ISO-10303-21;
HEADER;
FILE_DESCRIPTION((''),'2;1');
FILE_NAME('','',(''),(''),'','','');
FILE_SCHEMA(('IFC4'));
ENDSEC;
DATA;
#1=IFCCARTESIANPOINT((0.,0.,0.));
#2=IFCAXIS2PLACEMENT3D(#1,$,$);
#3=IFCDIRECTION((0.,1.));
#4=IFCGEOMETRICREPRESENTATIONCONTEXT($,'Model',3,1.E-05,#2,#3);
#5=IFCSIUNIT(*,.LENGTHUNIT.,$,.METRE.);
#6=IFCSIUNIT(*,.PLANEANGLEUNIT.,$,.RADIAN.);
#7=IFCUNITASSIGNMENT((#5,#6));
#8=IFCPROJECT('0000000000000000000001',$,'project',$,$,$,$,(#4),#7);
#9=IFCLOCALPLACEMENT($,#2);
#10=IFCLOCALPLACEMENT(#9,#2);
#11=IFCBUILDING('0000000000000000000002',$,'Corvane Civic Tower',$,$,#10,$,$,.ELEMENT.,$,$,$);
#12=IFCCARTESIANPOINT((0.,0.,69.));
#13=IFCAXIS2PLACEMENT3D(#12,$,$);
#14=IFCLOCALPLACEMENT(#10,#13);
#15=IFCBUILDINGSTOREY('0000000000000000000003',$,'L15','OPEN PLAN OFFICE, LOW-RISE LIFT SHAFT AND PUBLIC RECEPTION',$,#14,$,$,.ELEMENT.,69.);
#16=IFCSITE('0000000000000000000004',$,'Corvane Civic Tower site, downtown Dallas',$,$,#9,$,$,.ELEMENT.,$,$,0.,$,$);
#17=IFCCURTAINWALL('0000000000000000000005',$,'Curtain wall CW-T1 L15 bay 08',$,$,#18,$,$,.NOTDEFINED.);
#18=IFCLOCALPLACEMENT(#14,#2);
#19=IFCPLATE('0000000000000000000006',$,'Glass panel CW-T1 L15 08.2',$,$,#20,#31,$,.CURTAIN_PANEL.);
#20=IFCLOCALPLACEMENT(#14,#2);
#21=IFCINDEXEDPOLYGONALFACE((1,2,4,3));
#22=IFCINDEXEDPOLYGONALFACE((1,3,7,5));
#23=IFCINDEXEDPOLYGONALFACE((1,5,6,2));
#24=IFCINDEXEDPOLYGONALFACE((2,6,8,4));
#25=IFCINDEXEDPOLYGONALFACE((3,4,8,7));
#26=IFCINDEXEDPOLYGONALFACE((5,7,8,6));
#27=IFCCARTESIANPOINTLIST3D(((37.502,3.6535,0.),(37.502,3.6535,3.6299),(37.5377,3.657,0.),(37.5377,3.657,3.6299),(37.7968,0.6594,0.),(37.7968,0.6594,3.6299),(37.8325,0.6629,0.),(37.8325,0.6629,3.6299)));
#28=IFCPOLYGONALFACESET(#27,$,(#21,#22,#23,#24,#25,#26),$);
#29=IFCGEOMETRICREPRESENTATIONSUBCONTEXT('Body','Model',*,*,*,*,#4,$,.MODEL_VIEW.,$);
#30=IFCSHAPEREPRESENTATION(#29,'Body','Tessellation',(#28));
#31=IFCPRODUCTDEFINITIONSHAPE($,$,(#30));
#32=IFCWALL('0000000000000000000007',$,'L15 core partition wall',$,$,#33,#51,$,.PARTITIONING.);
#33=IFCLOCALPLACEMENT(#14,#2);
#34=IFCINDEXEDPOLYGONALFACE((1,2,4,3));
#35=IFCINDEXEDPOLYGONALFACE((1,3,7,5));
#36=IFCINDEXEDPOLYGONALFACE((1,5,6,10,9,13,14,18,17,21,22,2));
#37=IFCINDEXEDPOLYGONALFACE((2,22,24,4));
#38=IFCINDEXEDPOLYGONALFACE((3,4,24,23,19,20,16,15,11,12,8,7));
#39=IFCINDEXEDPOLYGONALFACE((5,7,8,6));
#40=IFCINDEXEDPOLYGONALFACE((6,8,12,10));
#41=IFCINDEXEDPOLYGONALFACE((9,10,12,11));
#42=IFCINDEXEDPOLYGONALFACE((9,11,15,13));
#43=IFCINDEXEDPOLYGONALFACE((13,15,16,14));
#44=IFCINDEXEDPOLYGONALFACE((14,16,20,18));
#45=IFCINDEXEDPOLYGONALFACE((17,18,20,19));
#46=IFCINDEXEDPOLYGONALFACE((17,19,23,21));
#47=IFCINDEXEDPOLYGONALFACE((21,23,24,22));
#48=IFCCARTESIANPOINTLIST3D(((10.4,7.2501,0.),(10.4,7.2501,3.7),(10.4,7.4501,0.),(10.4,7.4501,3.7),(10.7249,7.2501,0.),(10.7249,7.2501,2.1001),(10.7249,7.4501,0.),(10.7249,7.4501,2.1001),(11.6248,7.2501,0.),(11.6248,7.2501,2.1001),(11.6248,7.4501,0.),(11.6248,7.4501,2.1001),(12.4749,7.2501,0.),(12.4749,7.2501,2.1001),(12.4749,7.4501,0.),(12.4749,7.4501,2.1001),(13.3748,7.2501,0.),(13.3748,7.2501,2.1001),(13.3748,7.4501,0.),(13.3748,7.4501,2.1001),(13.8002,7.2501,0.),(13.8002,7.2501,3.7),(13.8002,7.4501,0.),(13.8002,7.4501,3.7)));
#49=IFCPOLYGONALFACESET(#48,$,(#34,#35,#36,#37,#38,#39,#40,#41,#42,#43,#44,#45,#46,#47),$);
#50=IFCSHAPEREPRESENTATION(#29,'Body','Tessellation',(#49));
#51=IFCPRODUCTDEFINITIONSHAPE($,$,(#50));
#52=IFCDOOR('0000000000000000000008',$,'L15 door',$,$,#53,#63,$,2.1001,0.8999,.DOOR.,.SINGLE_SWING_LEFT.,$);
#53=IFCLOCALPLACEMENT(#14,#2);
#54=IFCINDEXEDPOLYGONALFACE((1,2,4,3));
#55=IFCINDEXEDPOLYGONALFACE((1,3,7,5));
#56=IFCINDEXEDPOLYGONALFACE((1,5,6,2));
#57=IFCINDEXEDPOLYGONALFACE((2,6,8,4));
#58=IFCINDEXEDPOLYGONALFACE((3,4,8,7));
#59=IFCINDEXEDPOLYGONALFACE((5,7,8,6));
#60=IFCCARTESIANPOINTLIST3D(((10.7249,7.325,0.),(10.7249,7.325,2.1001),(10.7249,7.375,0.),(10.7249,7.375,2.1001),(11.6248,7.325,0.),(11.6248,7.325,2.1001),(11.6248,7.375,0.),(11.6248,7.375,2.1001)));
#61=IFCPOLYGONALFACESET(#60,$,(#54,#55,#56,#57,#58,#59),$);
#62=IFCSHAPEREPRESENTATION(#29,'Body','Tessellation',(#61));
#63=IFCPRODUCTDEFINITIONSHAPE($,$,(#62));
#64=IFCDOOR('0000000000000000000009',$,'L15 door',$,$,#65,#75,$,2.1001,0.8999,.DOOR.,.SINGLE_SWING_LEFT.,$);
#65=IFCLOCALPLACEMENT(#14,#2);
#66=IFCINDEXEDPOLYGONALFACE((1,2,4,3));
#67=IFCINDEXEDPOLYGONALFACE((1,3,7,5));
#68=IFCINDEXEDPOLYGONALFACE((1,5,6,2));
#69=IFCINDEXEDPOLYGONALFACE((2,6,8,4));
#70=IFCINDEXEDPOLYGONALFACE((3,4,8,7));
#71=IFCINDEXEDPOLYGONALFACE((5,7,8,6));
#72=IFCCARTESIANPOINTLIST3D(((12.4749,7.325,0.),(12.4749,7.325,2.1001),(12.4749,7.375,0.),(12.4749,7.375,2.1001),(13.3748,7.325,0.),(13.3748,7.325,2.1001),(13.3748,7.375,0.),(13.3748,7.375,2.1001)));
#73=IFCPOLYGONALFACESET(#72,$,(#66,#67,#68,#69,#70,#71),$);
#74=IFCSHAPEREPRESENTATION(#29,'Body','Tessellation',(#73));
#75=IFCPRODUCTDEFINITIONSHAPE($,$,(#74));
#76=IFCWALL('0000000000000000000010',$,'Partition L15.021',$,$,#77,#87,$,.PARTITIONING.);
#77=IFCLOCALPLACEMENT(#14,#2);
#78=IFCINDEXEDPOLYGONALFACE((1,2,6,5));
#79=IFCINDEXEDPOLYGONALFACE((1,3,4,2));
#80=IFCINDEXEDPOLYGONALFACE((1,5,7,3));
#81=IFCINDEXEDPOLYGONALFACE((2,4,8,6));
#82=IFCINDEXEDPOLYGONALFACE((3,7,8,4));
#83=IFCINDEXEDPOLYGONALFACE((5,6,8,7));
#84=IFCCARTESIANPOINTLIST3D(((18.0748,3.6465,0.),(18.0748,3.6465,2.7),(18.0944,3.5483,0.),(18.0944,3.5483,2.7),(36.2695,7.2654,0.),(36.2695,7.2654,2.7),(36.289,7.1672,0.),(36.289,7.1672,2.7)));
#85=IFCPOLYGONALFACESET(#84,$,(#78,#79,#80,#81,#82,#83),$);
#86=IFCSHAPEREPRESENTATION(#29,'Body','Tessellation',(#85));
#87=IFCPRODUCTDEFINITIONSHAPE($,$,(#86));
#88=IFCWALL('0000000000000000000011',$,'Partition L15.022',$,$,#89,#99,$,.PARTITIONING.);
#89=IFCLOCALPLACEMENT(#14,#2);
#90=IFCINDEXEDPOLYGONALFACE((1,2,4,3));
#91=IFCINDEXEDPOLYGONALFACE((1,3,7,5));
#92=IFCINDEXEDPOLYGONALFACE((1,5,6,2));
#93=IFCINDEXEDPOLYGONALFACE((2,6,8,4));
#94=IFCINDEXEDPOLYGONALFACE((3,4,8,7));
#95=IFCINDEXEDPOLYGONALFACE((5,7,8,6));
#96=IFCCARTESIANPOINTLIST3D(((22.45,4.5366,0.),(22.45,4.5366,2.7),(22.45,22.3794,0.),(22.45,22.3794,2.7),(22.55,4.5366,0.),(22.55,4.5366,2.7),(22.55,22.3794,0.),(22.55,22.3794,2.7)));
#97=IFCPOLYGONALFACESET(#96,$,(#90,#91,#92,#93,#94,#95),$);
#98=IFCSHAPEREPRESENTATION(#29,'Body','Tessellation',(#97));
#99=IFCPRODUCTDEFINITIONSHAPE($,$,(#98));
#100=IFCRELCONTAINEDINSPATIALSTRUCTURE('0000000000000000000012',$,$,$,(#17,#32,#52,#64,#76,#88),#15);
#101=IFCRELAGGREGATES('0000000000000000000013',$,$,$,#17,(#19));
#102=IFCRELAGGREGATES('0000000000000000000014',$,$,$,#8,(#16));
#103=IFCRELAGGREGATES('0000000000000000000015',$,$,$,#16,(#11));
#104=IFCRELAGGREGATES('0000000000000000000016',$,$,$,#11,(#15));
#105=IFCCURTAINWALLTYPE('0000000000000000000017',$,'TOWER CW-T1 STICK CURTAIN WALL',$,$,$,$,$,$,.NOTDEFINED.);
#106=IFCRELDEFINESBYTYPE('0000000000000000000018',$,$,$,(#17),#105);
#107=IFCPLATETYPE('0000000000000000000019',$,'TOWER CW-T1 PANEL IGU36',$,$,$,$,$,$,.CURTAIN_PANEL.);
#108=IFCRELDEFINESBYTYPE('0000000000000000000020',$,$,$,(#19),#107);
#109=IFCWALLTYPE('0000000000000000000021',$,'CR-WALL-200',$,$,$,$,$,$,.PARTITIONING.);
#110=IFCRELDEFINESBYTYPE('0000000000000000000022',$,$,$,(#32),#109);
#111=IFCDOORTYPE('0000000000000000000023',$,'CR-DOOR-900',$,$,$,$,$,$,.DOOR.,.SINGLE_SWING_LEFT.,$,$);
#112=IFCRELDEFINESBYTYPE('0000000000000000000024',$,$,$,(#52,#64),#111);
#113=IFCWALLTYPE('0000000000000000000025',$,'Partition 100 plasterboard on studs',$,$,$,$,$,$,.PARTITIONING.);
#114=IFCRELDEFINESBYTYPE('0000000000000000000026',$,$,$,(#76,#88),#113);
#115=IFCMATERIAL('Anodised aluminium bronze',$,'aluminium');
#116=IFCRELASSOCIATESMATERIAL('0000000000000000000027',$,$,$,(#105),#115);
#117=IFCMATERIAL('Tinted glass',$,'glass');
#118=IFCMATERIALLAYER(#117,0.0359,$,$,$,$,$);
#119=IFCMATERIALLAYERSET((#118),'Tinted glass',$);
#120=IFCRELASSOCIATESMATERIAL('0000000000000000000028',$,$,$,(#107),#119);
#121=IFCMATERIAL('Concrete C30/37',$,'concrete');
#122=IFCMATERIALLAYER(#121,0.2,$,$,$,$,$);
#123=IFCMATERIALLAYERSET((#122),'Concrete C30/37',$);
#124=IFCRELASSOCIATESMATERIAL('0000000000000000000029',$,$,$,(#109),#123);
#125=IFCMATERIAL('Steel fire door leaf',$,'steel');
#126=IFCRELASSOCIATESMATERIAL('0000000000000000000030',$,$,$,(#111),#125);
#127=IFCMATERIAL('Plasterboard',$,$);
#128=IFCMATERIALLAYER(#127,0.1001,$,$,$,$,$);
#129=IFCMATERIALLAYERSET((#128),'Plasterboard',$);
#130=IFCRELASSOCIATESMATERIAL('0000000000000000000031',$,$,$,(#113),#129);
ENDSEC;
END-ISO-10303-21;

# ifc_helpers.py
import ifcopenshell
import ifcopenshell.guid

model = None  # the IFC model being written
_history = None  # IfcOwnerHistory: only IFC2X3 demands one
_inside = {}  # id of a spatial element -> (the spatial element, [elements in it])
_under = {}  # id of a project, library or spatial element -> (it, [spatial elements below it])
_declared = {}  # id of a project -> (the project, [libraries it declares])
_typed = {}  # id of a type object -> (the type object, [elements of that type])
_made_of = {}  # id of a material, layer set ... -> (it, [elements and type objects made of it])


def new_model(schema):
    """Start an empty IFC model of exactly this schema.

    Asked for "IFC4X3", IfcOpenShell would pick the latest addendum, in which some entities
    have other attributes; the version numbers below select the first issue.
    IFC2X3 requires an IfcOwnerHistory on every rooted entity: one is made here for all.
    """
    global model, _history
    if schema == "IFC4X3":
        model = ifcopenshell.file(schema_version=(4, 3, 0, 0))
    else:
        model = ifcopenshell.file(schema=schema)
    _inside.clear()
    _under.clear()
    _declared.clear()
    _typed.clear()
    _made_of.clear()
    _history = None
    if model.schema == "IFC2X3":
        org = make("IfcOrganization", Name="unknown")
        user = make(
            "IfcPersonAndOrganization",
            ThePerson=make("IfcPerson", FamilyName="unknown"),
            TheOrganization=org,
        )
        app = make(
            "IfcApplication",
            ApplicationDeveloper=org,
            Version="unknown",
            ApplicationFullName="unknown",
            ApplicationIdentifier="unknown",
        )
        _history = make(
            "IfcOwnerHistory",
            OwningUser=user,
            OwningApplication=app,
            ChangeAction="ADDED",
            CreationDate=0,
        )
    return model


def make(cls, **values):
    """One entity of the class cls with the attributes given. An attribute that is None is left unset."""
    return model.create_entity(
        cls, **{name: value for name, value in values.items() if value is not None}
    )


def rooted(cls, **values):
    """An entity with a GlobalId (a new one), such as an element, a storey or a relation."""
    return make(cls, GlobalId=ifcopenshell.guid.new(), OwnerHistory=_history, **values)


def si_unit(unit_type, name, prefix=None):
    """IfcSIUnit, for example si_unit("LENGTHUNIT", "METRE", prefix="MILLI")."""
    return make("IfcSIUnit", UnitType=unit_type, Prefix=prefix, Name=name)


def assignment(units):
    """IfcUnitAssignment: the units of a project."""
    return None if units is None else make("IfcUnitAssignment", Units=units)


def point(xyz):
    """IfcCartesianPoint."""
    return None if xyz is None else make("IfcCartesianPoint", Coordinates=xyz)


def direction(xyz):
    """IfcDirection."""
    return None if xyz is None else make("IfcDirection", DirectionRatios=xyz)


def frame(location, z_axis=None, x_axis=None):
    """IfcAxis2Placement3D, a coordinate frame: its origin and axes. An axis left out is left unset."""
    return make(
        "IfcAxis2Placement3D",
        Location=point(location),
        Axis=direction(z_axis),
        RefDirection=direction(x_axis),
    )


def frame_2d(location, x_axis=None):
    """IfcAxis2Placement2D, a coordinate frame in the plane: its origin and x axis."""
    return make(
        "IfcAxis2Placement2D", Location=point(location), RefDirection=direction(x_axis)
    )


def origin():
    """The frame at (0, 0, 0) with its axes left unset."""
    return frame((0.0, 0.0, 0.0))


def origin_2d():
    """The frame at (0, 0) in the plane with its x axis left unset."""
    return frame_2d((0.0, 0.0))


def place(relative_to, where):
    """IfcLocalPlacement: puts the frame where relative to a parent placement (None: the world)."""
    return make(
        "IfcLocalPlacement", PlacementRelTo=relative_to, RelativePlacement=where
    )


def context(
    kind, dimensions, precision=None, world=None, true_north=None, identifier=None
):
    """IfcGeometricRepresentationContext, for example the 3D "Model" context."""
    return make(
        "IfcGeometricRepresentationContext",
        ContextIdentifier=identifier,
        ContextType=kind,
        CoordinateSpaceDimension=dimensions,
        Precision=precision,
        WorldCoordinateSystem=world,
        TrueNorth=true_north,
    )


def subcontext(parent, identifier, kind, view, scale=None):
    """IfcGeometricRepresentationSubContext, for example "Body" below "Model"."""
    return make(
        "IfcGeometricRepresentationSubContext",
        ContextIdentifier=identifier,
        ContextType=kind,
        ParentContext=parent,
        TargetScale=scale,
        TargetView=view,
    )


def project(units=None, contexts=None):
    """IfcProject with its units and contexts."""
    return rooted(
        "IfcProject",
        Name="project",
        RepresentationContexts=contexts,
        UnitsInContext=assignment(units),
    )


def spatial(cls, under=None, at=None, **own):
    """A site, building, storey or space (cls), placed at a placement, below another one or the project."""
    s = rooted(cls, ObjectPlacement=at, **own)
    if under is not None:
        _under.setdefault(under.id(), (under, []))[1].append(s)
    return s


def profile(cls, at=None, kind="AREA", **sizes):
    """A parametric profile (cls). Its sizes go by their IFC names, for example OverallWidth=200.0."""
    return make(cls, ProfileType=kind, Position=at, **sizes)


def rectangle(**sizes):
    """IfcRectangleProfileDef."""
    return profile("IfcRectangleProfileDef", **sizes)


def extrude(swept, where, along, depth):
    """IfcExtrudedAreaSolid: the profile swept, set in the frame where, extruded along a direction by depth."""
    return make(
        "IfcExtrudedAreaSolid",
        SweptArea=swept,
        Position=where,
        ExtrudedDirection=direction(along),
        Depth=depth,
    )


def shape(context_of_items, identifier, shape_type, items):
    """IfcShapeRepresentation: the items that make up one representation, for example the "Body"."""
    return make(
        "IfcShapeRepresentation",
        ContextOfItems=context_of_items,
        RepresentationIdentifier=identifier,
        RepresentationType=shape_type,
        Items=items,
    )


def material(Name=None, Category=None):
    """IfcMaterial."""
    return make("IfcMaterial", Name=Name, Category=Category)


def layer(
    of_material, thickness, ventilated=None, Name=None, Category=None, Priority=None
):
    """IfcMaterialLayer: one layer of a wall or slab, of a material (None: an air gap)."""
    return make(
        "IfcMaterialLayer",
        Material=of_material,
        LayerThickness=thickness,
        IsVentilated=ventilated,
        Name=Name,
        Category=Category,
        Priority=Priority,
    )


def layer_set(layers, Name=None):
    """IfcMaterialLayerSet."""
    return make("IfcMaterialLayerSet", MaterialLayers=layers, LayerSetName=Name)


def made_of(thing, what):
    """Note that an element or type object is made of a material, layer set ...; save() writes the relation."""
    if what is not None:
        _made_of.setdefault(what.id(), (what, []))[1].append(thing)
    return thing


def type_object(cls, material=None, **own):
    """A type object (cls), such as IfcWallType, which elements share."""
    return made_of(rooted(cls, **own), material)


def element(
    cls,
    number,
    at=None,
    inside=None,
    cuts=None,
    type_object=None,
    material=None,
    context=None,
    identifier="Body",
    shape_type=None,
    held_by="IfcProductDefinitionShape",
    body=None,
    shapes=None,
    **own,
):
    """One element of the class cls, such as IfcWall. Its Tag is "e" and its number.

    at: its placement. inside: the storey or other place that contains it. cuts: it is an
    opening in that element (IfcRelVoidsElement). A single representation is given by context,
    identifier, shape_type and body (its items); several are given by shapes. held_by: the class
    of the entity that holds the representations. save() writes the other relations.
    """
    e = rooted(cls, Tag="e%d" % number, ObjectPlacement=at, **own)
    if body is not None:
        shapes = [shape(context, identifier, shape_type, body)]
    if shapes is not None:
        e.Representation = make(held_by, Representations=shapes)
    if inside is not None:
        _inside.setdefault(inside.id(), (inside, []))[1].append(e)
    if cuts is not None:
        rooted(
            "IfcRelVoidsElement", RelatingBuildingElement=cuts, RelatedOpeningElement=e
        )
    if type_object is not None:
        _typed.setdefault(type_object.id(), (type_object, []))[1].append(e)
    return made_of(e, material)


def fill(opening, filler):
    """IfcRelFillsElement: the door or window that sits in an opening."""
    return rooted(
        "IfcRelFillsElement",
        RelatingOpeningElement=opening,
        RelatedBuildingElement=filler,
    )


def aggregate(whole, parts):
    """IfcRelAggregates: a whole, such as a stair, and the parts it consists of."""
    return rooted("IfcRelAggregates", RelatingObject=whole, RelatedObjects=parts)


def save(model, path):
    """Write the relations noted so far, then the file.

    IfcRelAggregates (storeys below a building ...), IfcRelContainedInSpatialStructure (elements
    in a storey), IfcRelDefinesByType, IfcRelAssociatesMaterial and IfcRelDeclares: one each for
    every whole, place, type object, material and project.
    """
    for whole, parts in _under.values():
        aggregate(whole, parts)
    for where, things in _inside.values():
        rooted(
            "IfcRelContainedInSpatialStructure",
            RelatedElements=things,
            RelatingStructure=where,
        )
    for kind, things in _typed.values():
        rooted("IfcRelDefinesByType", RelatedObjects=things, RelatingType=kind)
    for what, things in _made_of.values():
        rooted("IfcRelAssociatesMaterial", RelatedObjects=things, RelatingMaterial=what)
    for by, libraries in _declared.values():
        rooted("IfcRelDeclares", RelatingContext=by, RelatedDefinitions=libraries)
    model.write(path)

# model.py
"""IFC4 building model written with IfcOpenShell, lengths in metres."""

from ifc_helpers import new_model, si_unit, direction, frame, frame_2d, origin, origin_2d, place, context, subcontext, project, spatial, rectangle, extrude, material, layer, layer_set, type_object, element, fill, aggregate, save


model = new_model("IFC4")

# Units and contexts
model_context = context("Model", 3, precision=1e-05, world=origin(), true_north=direction((0.0, 1.0)))
body_context = subcontext(model_context, "Body", "Model", "MODEL_VIEW")
ifc_project = project(units=[si_unit("LENGTHUNIT", "METRE"), si_unit("PLANEANGLEUNIT", "RADIAN")], contexts=[model_context])

# Site, building, storey
site_placement = place(None, origin())
site = spatial("IfcSite", under=ifc_project, at=site_placement, Name="Corvane Civic Tower site, downtown Dallas", CompositionType="ELEMENT", RefElevation=0.0)
building_placement = place(site_placement, origin())
building = spatial("IfcBuilding", under=site, at=building_placement, Name="Corvane Civic Tower", CompositionType="ELEMENT")
storey_placement = place(building_placement, frame((0.0, 0.0, 69.0)))
storey = spatial("IfcBuildingStorey", under=building, at=storey_placement, Name="L15", Description="OPEN PLAN OFFICE, LOW-RISE LIFT SHAFT AND PUBLIC RECEPTION", CompositionType="ELEMENT", Elevation=69.0)

# Curtain wall
ifc_material_1 = material(Name="Anodised aluminium bronze", Category="aluminium")
curtain_wall_type = type_object("IfcCurtainWallType", Name="TOWER CW-T1 STICK CURTAIN WALL", PredefinedType="NOTDEFINED", material=ifc_material_1)
curtain_wall_1_placement = place(storey_placement, origin())
curtain_wall_1 = element("IfcCurtainWall", 1, at=curtain_wall_1_placement, inside=storey, type_object=curtain_wall_type, Name="Curtain wall CW-T1 L15 bay 08", PredefinedType="NOTDEFINED")

# Plate
ifc_material_2 = material(Name="Tinted glass", Category="glass")
ifc_layer_1 = layer(ifc_material_2, 0.0359)
ifc_layer_set_1 = layer_set([ifc_layer_1], Name="Tinted glass")
plate_type = type_object("IfcPlateType", Name="TOWER CW-T1 PANEL IGU36", PredefinedType="CURTAIN_PANEL", material=ifc_layer_set_1)
plate_1_placement = place(storey_placement, frame((37.6672, 2.1582, 0.0), z_axis=(0.0, 0.0, 1.0), x_axis=(0.098006, -0.995186, 0.0)))
plate_1 = element("IfcPlate", 2, at=plate_1_placement, type_object=plate_type, Name="Glass panel CW-T1 L15 08.2", PredefinedType="CURTAIN_PANEL", context=body_context, shape_type="SweptSolid", body=[
    extrude(rectangle(XDim=3.0085, YDim=0.0359, at=origin_2d()), origin(), (0.0, 0.0, 1.0), 3.6299),
])
aggregate(curtain_wall_1, [plate_1])

# Wall, openings, doors
ifc_material_3 = material(Name="Concrete C30/37", Category="concrete")
ifc_layer_2 = layer(ifc_material_3, 0.2)
ifc_layer_set_2 = layer_set([ifc_layer_2], Name="Concrete C30/37")
wall_type_1 = type_object("IfcWallType", Name="CR-WALL-200", PredefinedType="PARTITIONING", material=ifc_layer_set_2)
wall_1_placement = place(storey_placement, frame((10.3999, 7.3501, 0.0), z_axis=(0.0, 0.0, 1.0), x_axis=(1.0, 0.0, 0.0)))
wall_1 = element("IfcWall", 3, at=wall_1_placement, inside=storey, type_object=wall_type_1, Name="L15 core partition wall", PredefinedType="PARTITIONING", context=body_context, shape_type="SweptSolid", body=[
    extrude(rectangle(XDim=3.4001, YDim=0.2, at=frame_2d((1.7002, 0.0))), origin(), (0.0, 0.0, 1.0), 3.7),
])
opening_1_placement = place(wall_1_placement, frame((0.325, 0.0, 0.0)))
opening_1 = element("IfcOpeningElement", 4, at=opening_1_placement, cuts=wall_1, PredefinedType="OPENING", context=body_context, shape_type="SweptSolid", body=[
    extrude(rectangle(XDim=0.8999, YDim=2.1001, at=frame_2d((0.45, 1.05))), frame((0.0, 0.1099, 0.0), z_axis=(0.0, -1.0, 0.0), x_axis=(1.0, 0.0, 0.0)), (0.0, 0.0, 1.0), 0.22),
])
opening_2_placement = place(wall_1_placement, frame((2.075, 0.0, 0.0)))
opening_2 = element("IfcOpeningElement", 5, at=opening_2_placement, cuts=wall_1, PredefinedType="OPENING", context=body_context, shape_type="SweptSolid", body=[
    extrude(rectangle(XDim=0.8999, YDim=2.1001, at=frame_2d((0.45, 1.05))), frame((0.0, 0.1099, 0.0), z_axis=(0.0, -1.0, 0.0), x_axis=(1.0, 0.0, 0.0)), (0.0, 0.0, 1.0), 0.22),
])
ifc_material_4 = material(Name="Steel fire door leaf", Category="steel")
door_type = type_object("IfcDoorType", Name="CR-DOOR-900", OperationType="SINGLE_SWING_LEFT", PredefinedType="DOOR", material=ifc_material_4)
door_1_placement = place(opening_1_placement, origin())
door_1 = element("IfcDoor", 6, at=door_1_placement, inside=storey, type_object=door_type, Name="L15 door", OperationType="SINGLE_SWING_LEFT", OverallHeight=2.1001, OverallWidth=0.8999, PredefinedType="DOOR", context=body_context, shape_type="SweptSolid", body=[
    extrude(rectangle(XDim=0.8999, YDim=2.1001, at=frame_2d((0.45, 1.05))), frame((0.0, 0.0249, 0.0), z_axis=(0.0, -1.0, 0.0), x_axis=(1.0, 0.0, 0.0)), (0.0, 0.0, 1.0), 0.05),
])
fill(opening_1, door_1)
door_2_placement = place(opening_2_placement, origin())
door_2 = element("IfcDoor", 7, at=door_2_placement, inside=storey, type_object=door_type, Name="L15 door", OperationType="SINGLE_SWING_LEFT", OverallHeight=2.1001, OverallWidth=0.8999, PredefinedType="DOOR", context=body_context, shape_type="SweptSolid", body=[
    extrude(rectangle(XDim=0.8999, YDim=2.1001, at=frame_2d((0.45, 1.05))), frame((0.0, 0.0249, 0.0), z_axis=(0.0, -1.0, 0.0), x_axis=(1.0, 0.0, 0.0)), (0.0, 0.0, 1.0), 0.05),
])
fill(opening_2, door_2)

# Walls
ifc_material_5 = material(Name="Plasterboard")
ifc_layer_3 = layer(ifc_material_5, 0.1001)
ifc_layer_set_3 = layer_set([ifc_layer_3], Name="Plasterboard")
wall_type_2 = type_object("IfcWallType", Name="Partition 100 plasterboard on studs", PredefinedType="PARTITIONING", material=ifc_layer_set_3)
wall_2_placement = place(storey_placement, frame((18.0847, 3.5974, 0.0), z_axis=(0.0, 0.0, 1.0), x_axis=(0.980788, 0.195078, 0.0)))
element("IfcWall", 8, at=wall_2_placement, inside=storey, type_object=wall_type_2, Name="Partition L15.021", PredefinedType="PARTITIONING", context=body_context, shape_type="SweptSolid", body=[
    extrude(rectangle(XDim=18.551, YDim=0.1001, at=frame_2d((9.2754, 0.0))), origin(), (0.0, 0.0, 1.0), 2.7),
])
wall_3_placement = place(storey_placement, frame((22.5, 4.5366, 0.0), z_axis=(0.0, 0.0, 1.0), x_axis=(0.0, 1.0, 0.0)))
element("IfcWall", 9, at=wall_3_placement, inside=storey, type_object=wall_type_2, Name="Partition L15.022", PredefinedType="PARTITIONING", context=body_context, shape_type="SweptSolid", body=[
    extrude(rectangle(XDim=17.8428, YDim=0.1001, at=frame_2d((8.9214, 0.0))), origin(), (0.0, 0.0, 1.0), 2.7),
])

save(model, "model.ifc")
